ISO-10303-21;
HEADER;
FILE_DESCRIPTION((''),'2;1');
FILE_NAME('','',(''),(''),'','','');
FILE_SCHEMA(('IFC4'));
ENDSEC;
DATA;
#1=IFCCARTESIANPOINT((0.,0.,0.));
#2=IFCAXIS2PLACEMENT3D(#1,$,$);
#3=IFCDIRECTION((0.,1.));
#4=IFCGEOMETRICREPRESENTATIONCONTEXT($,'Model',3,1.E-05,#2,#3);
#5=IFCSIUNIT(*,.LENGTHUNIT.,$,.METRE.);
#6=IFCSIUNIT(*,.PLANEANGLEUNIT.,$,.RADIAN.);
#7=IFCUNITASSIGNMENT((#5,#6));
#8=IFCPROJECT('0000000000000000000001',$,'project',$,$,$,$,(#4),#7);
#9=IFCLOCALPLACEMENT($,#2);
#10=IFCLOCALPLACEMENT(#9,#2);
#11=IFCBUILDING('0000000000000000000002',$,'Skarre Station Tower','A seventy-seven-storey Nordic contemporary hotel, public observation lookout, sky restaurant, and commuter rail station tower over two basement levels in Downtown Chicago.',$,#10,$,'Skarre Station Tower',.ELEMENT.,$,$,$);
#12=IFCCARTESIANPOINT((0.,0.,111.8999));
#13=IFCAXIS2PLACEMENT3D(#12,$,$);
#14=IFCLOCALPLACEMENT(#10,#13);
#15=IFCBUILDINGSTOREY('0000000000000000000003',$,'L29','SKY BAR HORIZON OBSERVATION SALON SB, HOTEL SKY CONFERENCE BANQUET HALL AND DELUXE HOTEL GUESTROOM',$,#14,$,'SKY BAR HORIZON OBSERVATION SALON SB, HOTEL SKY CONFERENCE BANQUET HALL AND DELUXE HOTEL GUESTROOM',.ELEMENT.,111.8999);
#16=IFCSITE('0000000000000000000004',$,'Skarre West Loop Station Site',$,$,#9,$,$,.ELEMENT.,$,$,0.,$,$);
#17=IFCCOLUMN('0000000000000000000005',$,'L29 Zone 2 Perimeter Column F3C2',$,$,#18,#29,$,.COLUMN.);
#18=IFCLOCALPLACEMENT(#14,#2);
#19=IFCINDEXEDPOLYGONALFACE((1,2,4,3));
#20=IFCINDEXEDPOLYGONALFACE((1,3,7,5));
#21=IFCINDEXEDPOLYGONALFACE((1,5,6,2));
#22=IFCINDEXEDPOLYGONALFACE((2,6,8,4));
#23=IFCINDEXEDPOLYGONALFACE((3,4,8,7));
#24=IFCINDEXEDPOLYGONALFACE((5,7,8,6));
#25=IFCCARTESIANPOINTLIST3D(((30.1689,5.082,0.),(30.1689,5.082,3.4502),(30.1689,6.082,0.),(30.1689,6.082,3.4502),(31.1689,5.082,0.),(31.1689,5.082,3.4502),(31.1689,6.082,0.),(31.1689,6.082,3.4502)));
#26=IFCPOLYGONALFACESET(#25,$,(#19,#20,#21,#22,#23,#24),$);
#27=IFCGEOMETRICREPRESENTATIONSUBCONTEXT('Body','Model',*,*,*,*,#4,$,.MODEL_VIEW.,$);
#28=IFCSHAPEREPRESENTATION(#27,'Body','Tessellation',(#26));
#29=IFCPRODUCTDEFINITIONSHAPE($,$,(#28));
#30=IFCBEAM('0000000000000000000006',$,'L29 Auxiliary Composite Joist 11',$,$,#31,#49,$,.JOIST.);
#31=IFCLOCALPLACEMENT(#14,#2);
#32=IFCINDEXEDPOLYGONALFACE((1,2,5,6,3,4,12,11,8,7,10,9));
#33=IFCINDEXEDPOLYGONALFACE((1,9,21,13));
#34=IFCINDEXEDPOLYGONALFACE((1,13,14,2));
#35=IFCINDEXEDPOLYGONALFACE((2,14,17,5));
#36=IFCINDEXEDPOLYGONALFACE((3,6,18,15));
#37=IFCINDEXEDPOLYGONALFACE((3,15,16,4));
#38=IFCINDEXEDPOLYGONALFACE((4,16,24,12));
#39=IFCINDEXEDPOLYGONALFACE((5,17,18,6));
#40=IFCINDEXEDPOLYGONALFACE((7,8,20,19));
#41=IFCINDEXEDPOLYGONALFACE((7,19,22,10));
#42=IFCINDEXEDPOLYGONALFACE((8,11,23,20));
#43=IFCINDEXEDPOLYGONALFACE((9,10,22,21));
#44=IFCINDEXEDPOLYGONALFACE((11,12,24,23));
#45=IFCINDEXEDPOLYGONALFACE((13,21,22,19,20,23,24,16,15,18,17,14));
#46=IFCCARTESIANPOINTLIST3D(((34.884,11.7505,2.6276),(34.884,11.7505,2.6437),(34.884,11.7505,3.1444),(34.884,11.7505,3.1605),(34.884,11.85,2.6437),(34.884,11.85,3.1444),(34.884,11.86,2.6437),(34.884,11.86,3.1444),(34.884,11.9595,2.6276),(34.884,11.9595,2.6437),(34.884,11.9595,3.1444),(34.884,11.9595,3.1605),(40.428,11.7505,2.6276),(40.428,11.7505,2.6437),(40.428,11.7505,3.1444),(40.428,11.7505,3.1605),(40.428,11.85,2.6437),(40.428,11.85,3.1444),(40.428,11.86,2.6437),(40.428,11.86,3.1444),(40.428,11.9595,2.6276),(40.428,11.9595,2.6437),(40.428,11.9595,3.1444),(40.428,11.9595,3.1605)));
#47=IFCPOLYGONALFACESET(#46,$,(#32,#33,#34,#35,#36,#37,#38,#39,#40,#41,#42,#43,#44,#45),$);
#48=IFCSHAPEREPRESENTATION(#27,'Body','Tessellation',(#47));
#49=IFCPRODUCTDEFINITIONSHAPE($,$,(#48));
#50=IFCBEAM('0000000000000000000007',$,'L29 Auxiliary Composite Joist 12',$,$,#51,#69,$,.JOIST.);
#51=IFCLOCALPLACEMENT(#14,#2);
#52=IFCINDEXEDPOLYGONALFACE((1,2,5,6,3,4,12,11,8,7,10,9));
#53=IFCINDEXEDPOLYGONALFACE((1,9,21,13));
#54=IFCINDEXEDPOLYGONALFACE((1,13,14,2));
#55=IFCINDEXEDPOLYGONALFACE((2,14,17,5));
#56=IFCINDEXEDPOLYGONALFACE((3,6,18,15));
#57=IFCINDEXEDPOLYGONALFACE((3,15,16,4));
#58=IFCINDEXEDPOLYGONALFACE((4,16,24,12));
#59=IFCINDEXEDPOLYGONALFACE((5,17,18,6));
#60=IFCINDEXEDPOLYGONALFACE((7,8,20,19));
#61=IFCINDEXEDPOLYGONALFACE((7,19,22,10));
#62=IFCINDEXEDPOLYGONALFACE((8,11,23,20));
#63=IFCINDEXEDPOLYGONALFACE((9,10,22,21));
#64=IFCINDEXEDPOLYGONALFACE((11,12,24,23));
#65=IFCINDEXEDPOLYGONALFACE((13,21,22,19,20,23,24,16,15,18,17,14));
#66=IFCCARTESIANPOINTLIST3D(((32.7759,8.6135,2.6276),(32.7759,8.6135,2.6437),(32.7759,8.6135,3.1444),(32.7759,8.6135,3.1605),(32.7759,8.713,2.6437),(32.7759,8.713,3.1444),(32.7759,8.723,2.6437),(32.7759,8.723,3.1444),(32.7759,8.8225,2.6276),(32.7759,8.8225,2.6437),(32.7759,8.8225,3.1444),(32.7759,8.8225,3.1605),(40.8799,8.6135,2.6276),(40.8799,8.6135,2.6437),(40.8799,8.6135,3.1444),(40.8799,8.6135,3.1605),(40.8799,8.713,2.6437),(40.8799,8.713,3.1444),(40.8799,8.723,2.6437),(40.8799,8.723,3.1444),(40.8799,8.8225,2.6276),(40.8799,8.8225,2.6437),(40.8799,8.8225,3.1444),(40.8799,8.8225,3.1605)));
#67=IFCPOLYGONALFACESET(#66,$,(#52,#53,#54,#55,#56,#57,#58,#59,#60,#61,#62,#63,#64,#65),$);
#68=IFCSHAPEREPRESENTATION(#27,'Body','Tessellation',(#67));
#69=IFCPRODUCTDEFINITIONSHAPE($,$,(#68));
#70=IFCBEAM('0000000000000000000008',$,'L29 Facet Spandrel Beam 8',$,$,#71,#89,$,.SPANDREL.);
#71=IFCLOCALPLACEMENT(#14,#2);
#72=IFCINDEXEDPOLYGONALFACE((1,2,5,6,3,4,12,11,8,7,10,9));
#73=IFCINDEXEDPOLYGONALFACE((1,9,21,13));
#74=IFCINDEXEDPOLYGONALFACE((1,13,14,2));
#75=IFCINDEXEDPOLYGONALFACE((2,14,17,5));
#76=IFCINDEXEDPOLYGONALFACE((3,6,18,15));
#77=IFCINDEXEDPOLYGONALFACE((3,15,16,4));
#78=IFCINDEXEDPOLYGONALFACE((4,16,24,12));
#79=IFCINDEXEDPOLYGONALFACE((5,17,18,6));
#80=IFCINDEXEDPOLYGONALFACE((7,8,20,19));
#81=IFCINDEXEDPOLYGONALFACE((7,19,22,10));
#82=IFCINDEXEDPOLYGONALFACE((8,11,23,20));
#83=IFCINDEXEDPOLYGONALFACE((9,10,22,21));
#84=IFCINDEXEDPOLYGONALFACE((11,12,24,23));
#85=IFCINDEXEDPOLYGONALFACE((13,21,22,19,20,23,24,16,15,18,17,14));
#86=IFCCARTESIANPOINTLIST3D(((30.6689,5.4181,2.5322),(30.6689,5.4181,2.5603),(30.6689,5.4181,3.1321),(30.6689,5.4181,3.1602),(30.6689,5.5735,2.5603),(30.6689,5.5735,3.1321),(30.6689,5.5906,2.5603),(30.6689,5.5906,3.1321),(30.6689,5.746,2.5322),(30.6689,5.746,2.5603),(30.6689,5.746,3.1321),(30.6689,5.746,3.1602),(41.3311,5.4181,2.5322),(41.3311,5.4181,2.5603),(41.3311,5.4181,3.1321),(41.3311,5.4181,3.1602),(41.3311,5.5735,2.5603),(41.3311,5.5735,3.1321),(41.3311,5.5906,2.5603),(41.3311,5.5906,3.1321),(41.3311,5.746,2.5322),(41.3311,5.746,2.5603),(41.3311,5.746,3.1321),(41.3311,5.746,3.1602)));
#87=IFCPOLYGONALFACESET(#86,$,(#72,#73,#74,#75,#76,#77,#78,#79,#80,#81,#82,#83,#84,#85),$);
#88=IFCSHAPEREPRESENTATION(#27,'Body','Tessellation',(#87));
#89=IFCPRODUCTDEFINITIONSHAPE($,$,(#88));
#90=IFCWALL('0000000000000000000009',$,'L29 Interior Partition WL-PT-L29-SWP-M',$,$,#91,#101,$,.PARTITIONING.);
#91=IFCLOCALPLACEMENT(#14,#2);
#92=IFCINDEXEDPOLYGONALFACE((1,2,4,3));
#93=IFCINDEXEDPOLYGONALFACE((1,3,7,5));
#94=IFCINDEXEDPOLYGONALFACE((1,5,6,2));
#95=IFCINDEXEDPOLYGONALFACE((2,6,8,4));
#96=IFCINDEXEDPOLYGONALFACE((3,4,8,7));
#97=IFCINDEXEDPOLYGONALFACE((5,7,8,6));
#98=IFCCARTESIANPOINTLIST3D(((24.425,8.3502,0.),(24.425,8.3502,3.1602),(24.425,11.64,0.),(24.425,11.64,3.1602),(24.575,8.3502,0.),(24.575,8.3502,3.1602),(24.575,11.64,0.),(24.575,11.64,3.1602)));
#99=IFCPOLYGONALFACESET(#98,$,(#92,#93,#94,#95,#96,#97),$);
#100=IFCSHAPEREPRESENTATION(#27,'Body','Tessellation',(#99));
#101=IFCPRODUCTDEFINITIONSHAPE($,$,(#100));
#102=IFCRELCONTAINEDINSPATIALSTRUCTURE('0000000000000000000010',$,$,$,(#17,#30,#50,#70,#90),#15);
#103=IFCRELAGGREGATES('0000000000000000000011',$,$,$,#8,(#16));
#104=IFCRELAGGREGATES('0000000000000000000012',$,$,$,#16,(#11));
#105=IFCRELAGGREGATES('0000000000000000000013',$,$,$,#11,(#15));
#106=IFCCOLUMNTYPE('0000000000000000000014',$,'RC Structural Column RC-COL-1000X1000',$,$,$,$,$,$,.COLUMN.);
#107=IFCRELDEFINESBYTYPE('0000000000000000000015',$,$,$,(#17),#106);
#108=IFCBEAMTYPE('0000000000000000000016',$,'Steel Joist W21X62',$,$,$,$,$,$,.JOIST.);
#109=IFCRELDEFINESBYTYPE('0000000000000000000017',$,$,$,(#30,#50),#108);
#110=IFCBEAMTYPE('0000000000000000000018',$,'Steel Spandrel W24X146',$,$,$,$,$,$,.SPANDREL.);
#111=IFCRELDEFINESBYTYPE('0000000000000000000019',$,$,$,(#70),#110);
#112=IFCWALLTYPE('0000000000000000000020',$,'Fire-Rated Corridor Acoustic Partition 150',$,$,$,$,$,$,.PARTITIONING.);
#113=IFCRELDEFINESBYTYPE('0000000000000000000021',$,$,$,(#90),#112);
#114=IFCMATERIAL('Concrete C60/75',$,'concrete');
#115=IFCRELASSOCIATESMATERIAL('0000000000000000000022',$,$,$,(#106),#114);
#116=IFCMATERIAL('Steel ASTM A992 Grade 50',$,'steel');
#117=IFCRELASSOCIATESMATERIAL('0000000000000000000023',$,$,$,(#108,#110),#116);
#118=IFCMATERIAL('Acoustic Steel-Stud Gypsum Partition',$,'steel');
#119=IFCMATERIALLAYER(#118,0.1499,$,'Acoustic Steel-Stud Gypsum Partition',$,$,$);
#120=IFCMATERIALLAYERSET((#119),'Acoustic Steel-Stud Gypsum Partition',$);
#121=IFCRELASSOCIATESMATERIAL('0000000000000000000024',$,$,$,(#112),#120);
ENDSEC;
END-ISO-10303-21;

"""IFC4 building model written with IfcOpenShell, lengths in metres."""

from ifc_helpers import new_model, si_unit, direction, frame, frame_2d, origin, origin_2d, place, context, subcontext, project, spatial, rectangle, i_section, extrude, material, layer, layer_set, material_profile, profile_set, type_object, element, save


model = new_model("IFC4")

# Units and contexts
model_context = context("Model", 3, precision=1e-05, world=origin(), true_north=direction((0.0, 1.0)))
body_context = subcontext(model_context, "Body", "Model", "MODEL_VIEW")
ifc_project = project(units=[si_unit("LENGTHUNIT", "METRE"), si_unit("PLANEANGLEUNIT", "RADIAN")], contexts=[model_context])

# Site, building, storey
site_placement = place(None, origin())
site = spatial("IfcSite", under=ifc_project, at=site_placement, Name="Skarre West Loop Station Site", CompositionType="ELEMENT", RefElevation=0.0)
building_placement = place(site_placement, origin())
building = spatial("IfcBuilding", under=site, at=building_placement, Name="Skarre Station Tower", Description="A seventy-seven-storey Nordic contemporary hotel, public observation lookout, sky restaurant, and commuter rail station tower over two basement levels in Downtown Chicago.", LongName="Skarre Station Tower", CompositionType="ELEMENT")
storey_placement = place(building_placement, frame((0.0, 0.0, 111.8999)))
storey = spatial("IfcBuildingStorey", under=building, at=storey_placement, Name="L29", Description="SKY BAR HORIZON OBSERVATION SALON SB, HOTEL SKY CONFERENCE BANQUET HALL AND DELUXE HOTEL GUESTROOM", LongName="SKY BAR HORIZON OBSERVATION SALON SB, HOTEL SKY CONFERENCE BANQUET HALL AND DELUXE HOTEL GUESTROOM", CompositionType="ELEMENT", Elevation=111.8999)

# Column
ifc_material_1 = material(Name="Concrete C60/75", Category="concrete")
ifc_material_profile_1 = material_profile(ifc_material_1, rectangle(XDim=1.0, YDim=1.0, at=origin_2d()), Name="Concrete C60/75")
ifc_profile_set_1 = profile_set([ifc_material_profile_1], Name="Concrete C60/75")
column_type = type_object("IfcColumnType", Name="RC Structural Column RC-COL-1000X1000", PredefinedType="COLUMN", material=ifc_profile_set_1)
column_placement = place(storey_placement, frame((30.6689, 5.582, 0.0), z_axis=(0.0, 0.0, 1.0), x_axis=(1.0, 0.0, 0.0)))
element("IfcColumn", 1, at=column_placement, inside=storey, type_object=column_type, Name="L29 Zone 2 Perimeter Column F3C2", PredefinedType="COLUMN", context=body_context, shape_type="SweptSolid", body=[
    extrude(rectangle(XDim=1.0, YDim=1.0, at=origin_2d()), origin(), (0.0, 0.0, 1.0), 3.4502),
])

# Beams
ifc_material_2 = material(Name="Steel ASTM A992 Grade 50", Category="steel")
ifc_material_profile_2 = material_profile(ifc_material_2, i_section(OverallWidth=0.209, OverallDepth=0.533, WebThickness=0.01, FlangeThickness=0.0161, at=origin_2d()), Name="Steel ASTM A992 Grade 50")
ifc_profile_set_2 = profile_set([ifc_material_profile_2], Name="Steel ASTM A992 Grade 50")
beam_type_1 = type_object("IfcBeamType", Name="Steel Joist W21X62", PredefinedType="JOIST", material=ifc_profile_set_2)
beam_1_placement = place(storey_placement, frame((34.884, 11.855, 2.894), z_axis=(1.0, 0.0, 0.0), x_axis=(0.0, 1.0, 0.0)))
element("IfcBeam", 2, at=beam_1_placement, inside=storey, type_object=beam_type_1, Name="L29 Auxiliary Composite Joist 11", PredefinedType="JOIST", context=body_context, shape_type="SweptSolid", body=[
    extrude(i_section(OverallWidth=0.209, OverallDepth=0.533, WebThickness=0.01, FlangeThickness=0.0161, at=origin_2d()), origin(), (0.0, 0.0, 1.0), 5.5439),
])
beam_2_placement = place(storey_placement, frame((32.7759, 8.718, 2.894), z_axis=(1.0, 0.0, 0.0), x_axis=(0.0, 1.0, 0.0)))
element("IfcBeam", 3, at=beam_2_placement, inside=storey, type_object=beam_type_1, Name="L29 Auxiliary Composite Joist 12", PredefinedType="JOIST", context=body_context, shape_type="SweptSolid", body=[
    extrude(i_section(OverallWidth=0.209, OverallDepth=0.533, WebThickness=0.01, FlangeThickness=0.0161, at=origin_2d()), origin(), (0.0, 0.0, 1.0), 8.104),
])
ifc_material_profile_3 = material_profile(ifc_material_2, i_section(OverallWidth=0.3279, OverallDepth=0.6279, WebThickness=0.0171, FlangeThickness=0.0281, at=origin_2d()), Name="Steel ASTM A992 Grade 50")
ifc_profile_set_3 = profile_set([ifc_material_profile_3], Name="Steel ASTM A992 Grade 50")
beam_type_2 = type_object("IfcBeamType", Name="Steel Spandrel W24X146", PredefinedType="SPANDREL", material=ifc_profile_set_3)
beam_3_placement = place(storey_placement, frame((30.6689, 5.582, 2.8462), z_axis=(1.0, 0.0, 0.0), x_axis=(0.0, 1.0, 0.0)))
element("IfcBeam", 4, at=beam_3_placement, inside=storey, type_object=beam_type_2, Name="L29 Facet Spandrel Beam 8", PredefinedType="SPANDREL", context=body_context, shape_type="SweptSolid", body=[
    extrude(i_section(OverallWidth=0.3279, OverallDepth=0.6279, WebThickness=0.0171, FlangeThickness=0.0281, at=origin_2d()), origin(), (0.0, 0.0, 1.0), 10.6621),
])

# Wall
ifc_material_3 = material(Name="Acoustic Steel-Stud Gypsum Partition", Category="steel")
ifc_layer_1 = layer(ifc_material_3, 0.1499, Name="Acoustic Steel-Stud Gypsum Partition")
ifc_layer_set_1 = layer_set([ifc_layer_1], Name="Acoustic Steel-Stud Gypsum Partition")
wall_type_1 = type_object("IfcWallType", Name="Fire-Rated Corridor Acoustic Partition 150", PredefinedType="PARTITIONING", material=ifc_layer_set_1)
wall_1_placement = place(storey_placement, frame((24.5, 8.3501, 0.0), z_axis=(0.0, 0.0, 1.0), x_axis=(0.0, 1.0, 0.0)))
element("IfcWall", 5, at=wall_1_placement, inside=storey, type_object=wall_type_1, Name="L29 Interior Partition WL-PT-L29-SWP-M", PredefinedType="PARTITIONING", context=body_context, shape_type="SweptSolid", body=[
    extrude(rectangle(XDim=3.2898, YDim=0.1499, at=frame_2d((1.645, 0.0))), origin(), (0.0, 0.0, 1.0), 3.1602),
])

save(model, "model.ifc")
